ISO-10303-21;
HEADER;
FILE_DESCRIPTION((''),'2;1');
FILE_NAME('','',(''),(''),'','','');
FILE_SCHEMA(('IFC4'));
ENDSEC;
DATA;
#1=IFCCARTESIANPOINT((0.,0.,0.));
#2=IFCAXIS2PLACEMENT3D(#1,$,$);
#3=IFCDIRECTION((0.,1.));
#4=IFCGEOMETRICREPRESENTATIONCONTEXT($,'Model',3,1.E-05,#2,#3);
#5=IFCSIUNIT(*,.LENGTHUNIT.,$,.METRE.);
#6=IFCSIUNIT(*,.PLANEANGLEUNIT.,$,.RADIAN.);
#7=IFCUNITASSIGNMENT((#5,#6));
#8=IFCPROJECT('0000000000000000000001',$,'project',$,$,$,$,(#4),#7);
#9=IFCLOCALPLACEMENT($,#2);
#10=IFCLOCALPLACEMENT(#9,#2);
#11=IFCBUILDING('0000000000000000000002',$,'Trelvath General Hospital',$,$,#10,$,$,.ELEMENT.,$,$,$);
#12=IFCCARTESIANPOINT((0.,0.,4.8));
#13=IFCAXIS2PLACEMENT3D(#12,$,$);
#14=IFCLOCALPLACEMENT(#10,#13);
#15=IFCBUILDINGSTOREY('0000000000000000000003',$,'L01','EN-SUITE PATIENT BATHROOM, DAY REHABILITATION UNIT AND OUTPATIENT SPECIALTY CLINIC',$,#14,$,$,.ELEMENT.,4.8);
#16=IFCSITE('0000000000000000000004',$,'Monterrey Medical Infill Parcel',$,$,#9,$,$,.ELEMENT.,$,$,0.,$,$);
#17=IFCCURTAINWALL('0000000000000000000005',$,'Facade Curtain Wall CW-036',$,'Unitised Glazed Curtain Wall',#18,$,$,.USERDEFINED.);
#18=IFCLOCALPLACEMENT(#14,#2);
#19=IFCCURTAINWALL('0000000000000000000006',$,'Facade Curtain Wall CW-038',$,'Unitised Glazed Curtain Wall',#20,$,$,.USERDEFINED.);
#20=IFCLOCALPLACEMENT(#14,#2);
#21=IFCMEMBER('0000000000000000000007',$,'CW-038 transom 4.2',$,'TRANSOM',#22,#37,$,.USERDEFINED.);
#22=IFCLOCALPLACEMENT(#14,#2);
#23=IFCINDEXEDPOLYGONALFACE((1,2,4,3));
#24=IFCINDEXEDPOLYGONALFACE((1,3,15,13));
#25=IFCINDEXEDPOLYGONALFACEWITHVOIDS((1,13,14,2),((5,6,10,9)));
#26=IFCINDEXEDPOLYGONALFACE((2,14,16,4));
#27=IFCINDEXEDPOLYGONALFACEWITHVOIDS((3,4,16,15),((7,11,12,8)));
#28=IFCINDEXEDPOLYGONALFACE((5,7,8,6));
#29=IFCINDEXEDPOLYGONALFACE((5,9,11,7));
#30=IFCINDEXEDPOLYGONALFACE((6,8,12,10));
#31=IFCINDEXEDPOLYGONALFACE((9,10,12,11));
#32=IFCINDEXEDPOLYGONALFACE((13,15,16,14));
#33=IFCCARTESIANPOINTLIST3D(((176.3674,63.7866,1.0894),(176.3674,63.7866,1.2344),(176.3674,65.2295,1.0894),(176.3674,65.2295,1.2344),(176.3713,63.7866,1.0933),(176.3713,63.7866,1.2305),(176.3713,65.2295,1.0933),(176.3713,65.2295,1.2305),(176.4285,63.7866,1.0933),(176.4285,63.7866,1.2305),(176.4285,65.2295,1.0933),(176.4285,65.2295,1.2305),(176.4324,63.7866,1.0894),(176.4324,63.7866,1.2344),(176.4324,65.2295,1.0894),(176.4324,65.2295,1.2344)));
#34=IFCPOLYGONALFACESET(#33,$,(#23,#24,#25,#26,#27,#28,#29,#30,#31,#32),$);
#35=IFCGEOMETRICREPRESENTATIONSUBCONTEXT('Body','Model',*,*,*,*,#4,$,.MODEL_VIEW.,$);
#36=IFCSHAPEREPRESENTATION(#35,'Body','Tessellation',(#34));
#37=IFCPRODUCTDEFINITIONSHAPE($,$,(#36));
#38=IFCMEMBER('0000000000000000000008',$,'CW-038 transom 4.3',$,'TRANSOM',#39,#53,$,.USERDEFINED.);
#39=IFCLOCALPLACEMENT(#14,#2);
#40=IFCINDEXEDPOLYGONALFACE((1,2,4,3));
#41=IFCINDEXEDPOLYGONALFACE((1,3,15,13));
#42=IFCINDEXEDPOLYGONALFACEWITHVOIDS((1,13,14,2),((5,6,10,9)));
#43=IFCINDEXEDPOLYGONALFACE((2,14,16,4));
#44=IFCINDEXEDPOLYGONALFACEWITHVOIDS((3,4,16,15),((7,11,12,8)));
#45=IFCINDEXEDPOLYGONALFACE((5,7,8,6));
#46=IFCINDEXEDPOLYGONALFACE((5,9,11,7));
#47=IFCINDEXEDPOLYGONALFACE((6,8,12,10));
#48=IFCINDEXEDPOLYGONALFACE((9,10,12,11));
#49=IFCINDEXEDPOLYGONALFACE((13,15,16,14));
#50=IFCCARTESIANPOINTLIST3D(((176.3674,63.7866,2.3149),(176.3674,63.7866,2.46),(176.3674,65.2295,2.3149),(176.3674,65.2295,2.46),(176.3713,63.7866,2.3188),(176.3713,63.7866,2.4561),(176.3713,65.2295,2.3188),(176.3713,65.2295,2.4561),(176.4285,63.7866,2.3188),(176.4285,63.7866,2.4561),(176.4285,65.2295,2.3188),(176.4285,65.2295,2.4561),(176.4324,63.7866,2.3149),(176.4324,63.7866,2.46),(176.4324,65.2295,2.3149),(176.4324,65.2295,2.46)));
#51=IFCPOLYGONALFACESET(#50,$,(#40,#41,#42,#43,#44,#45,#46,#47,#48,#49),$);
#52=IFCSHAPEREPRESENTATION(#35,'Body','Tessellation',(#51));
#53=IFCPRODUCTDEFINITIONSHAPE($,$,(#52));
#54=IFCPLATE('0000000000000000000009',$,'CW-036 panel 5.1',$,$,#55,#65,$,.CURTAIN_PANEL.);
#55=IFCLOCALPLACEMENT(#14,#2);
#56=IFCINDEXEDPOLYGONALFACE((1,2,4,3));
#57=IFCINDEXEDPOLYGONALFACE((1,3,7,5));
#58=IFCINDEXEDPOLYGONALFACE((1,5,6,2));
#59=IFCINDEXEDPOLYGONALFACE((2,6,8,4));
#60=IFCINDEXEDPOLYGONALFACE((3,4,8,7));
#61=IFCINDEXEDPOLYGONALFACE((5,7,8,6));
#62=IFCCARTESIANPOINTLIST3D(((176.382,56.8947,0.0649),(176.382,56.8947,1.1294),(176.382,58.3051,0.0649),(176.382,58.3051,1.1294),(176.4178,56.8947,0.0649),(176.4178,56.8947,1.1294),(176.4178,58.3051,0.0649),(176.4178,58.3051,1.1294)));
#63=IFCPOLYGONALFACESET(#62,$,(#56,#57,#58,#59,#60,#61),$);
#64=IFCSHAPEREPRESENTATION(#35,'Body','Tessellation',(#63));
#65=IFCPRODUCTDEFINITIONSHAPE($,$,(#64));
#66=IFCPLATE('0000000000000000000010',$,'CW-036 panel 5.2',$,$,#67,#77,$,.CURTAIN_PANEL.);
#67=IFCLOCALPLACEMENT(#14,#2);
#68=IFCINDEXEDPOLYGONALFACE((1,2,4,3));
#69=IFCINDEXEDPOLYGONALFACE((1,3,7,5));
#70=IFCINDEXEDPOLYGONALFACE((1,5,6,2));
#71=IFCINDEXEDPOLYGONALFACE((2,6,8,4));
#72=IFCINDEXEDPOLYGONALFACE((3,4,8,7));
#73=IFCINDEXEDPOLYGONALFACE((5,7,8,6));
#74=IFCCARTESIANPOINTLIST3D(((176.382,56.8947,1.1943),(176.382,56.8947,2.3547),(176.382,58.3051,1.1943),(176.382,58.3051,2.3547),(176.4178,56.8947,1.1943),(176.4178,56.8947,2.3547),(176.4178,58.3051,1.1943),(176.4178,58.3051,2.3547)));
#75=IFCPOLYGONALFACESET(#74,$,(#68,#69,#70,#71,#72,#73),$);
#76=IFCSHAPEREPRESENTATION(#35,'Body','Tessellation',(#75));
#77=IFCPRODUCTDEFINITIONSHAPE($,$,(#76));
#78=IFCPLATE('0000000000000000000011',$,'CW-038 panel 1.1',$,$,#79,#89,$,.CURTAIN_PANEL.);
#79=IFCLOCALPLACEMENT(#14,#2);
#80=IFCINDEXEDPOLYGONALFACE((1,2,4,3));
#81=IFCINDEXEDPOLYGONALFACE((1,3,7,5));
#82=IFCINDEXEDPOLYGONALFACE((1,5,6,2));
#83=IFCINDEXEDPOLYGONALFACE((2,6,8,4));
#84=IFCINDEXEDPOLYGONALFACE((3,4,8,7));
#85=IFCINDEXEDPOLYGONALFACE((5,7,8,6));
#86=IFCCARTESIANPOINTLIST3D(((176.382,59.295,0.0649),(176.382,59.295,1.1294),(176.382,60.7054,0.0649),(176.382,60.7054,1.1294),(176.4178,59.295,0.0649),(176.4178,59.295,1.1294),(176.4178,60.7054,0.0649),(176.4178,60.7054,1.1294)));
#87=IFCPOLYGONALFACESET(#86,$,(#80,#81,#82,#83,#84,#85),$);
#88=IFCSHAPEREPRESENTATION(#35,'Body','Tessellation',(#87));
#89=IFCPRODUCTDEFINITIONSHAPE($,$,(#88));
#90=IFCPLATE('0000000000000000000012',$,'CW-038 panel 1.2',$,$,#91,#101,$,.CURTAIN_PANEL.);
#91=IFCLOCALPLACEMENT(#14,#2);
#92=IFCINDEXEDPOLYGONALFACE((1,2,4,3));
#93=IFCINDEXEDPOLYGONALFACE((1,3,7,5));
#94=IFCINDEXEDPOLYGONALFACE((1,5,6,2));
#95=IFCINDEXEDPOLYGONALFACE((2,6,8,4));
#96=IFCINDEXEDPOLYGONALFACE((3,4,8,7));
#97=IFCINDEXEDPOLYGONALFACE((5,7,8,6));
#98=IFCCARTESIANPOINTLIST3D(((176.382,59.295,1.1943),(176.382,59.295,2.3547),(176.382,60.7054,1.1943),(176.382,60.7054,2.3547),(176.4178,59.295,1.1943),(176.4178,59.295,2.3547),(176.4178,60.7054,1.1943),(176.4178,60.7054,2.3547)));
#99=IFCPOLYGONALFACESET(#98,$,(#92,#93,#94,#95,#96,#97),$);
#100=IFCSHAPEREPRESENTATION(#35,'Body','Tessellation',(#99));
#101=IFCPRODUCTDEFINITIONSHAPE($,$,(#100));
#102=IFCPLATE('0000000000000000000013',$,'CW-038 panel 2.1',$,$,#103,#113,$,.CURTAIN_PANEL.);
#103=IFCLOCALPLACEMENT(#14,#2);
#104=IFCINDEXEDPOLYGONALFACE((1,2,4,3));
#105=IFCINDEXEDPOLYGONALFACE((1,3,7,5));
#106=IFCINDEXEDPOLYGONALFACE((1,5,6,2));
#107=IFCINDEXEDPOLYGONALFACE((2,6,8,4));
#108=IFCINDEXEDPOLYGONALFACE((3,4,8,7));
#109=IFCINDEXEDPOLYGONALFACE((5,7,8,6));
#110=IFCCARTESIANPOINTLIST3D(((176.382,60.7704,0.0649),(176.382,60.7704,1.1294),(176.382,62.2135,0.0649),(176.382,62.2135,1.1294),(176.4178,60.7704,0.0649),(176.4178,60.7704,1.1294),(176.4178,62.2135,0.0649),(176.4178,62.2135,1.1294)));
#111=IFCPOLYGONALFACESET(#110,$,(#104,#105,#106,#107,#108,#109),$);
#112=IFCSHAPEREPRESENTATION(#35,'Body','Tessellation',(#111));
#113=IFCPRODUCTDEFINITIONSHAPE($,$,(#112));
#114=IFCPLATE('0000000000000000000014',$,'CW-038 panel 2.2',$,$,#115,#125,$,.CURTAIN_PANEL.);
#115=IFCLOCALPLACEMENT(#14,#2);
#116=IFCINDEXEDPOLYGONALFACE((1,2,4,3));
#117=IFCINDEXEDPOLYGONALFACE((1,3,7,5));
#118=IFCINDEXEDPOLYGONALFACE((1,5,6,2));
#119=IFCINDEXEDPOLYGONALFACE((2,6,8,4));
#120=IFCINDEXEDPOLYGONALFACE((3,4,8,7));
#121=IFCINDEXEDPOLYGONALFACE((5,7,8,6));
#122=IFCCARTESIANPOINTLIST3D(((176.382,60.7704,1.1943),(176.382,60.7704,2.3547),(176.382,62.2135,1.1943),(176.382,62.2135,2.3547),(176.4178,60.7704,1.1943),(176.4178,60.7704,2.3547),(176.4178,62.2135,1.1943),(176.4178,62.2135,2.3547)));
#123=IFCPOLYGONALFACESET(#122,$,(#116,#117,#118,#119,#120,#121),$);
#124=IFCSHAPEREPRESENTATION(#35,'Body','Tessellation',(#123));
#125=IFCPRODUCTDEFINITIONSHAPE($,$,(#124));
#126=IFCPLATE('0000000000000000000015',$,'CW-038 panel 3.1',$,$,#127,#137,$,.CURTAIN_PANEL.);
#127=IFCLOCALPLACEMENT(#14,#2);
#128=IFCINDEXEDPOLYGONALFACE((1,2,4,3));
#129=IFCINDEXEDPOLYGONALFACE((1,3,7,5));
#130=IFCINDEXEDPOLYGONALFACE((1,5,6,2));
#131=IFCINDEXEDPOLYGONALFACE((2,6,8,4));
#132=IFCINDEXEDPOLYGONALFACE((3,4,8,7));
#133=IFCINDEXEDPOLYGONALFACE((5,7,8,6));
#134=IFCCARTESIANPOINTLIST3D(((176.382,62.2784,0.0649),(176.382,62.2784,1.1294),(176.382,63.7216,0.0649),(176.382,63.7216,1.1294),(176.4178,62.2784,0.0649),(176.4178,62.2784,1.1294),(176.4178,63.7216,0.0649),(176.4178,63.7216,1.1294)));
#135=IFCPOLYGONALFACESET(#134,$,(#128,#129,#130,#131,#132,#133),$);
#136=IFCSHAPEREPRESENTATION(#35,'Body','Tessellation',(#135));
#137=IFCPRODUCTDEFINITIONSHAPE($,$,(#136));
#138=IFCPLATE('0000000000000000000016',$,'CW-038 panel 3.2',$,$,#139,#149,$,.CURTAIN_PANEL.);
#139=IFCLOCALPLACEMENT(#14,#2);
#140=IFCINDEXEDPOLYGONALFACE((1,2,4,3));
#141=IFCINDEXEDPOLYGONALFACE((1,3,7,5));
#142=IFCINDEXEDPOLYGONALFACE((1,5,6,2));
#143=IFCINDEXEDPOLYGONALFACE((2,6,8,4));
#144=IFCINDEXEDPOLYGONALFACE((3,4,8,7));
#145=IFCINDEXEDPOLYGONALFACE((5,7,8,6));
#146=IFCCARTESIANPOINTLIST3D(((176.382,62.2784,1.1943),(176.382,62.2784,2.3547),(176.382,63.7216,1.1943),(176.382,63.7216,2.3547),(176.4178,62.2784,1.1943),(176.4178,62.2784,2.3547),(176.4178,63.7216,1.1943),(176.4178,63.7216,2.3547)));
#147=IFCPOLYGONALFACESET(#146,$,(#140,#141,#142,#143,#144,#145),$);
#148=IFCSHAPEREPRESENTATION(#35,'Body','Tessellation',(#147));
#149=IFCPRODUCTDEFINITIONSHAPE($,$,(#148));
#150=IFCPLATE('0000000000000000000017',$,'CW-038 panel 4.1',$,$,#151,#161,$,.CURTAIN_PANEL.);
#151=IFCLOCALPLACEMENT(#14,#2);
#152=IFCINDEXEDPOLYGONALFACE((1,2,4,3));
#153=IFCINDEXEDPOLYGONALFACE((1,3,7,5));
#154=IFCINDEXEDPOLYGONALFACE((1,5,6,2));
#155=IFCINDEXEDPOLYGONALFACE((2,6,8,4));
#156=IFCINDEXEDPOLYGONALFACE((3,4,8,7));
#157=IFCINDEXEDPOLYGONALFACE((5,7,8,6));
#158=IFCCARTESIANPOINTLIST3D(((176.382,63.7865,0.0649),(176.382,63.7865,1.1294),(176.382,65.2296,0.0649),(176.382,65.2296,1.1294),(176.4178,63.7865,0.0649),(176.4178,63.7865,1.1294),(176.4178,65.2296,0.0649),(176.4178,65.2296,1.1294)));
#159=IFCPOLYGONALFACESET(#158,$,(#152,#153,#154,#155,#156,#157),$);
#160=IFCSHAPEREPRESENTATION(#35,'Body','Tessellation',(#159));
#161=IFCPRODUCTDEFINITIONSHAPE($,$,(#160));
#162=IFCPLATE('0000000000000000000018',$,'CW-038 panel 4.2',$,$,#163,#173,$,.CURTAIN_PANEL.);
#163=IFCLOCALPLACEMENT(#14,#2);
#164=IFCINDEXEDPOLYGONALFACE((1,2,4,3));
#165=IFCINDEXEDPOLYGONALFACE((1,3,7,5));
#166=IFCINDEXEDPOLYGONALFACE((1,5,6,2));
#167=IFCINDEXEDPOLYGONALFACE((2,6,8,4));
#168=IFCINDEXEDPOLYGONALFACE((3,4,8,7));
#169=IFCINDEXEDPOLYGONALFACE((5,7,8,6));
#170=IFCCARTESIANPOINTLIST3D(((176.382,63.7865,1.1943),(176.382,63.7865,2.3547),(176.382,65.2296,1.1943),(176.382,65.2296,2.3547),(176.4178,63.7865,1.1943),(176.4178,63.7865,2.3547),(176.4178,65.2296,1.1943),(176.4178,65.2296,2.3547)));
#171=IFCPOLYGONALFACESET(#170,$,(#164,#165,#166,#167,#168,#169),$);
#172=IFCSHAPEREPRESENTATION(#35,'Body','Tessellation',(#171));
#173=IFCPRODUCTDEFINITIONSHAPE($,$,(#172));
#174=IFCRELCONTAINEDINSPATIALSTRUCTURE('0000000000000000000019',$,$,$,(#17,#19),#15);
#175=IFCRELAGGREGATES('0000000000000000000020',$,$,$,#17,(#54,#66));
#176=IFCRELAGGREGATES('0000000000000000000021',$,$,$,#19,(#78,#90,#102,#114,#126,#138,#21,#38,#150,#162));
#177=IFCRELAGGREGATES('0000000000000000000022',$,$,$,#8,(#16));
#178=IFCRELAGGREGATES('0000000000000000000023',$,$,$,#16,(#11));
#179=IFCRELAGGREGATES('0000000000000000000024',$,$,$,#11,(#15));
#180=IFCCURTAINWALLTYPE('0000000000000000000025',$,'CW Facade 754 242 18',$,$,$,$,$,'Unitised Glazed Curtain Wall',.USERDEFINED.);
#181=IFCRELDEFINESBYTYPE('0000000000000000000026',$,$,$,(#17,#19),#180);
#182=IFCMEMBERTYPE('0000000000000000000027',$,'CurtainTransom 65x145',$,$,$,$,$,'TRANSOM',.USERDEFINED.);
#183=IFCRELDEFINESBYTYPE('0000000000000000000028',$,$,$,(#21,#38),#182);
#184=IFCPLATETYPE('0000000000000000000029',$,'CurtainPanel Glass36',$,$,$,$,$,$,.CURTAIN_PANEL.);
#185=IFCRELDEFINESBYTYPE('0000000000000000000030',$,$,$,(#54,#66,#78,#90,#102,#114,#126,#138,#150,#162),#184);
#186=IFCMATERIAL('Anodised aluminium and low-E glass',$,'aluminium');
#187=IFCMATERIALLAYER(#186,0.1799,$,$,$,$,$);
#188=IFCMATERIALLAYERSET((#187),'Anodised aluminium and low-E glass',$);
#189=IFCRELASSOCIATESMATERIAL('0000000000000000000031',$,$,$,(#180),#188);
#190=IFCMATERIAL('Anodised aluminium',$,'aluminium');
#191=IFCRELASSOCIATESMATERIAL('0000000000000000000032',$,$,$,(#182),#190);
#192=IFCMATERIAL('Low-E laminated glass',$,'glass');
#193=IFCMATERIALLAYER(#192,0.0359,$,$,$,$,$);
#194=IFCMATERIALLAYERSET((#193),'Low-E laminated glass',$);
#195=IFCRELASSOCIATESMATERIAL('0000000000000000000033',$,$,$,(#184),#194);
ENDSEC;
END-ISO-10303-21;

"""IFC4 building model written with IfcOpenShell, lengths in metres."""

from ifc_helpers import new_model, si_unit, direction, frame, origin, origin_2d, place, context, subcontext, project, spatial, rectangle, hollow_rectangle, extrude, material, layer, layer_set, material_profile, profile_set, type_object, element, aggregate, save


model = new_model("IFC4")

# Units and contexts
model_context = context("Model", 3, precision=1e-05, world=origin(), true_north=direction((0.0, 1.0)))
body_context = subcontext(model_context, "Body", "Model", "MODEL_VIEW")
ifc_project = project(units=[si_unit("LENGTHUNIT", "METRE"), si_unit("PLANEANGLEUNIT", "RADIAN")], contexts=[model_context])

# Site, building, storey
site_placement = place(None, origin())
site = spatial("IfcSite", under=ifc_project, at=site_placement, Name="Monterrey Medical Infill Parcel", CompositionType="ELEMENT", RefElevation=0.0)
building_placement = place(site_placement, origin())
building = spatial("IfcBuilding", under=site, at=building_placement, Name="Trelvath General Hospital", CompositionType="ELEMENT")
storey_placement = place(building_placement, frame((0.0, 0.0, 4.8)))
storey = spatial("IfcBuildingStorey", under=building, at=storey_placement, Name="L01", Description="EN-SUITE PATIENT BATHROOM, DAY REHABILITATION UNIT AND OUTPATIENT SPECIALTY CLINIC", CompositionType="ELEMENT", Elevation=4.8)

# Curtain walls
ifc_material_1 = material(Name="Anodised aluminium and low-E glass", Category="aluminium")
ifc_layer_1 = layer(ifc_material_1, 0.1799)
ifc_layer_set_1 = layer_set([ifc_layer_1], Name="Anodised aluminium and low-E glass")
curtain_wall_type = type_object("IfcCurtainWallType", Name="CW Facade 754 242 18", ElementType="Unitised Glazed Curtain Wall", PredefinedType="USERDEFINED", material=ifc_layer_set_1)
curtain_wall_1_placement = place(storey_placement, origin())
curtain_wall_1 = element("IfcCurtainWall", 1, at=curtain_wall_1_placement, inside=storey, type_object=curtain_wall_type, Name="Facade Curtain Wall CW-036", ObjectType="Unitised Glazed Curtain Wall", PredefinedType="USERDEFINED")
curtain_wall_2_placement = place(storey_placement, origin())
curtain_wall_2 = element("IfcCurtainWall", 2, at=curtain_wall_2_placement, inside=storey, type_object=curtain_wall_type, Name="Facade Curtain Wall CW-038", ObjectType="Unitised Glazed Curtain Wall", PredefinedType="USERDEFINED")

# Members
ifc_material_2 = material(Name="Anodised aluminium", Category="aluminium")
ifc_material_profile_1 = material_profile(ifc_material_2, hollow_rectangle(XDim=0.0649, YDim=0.145, WallThickness=0.0039, at=origin_2d()), Name="RHS65x145x4")
ifc_profile_set_1 = profile_set([ifc_material_profile_1], Name="Anodised aluminium")
member_type_1 = type_object("IfcMemberType", Name="CurtainTransom 65x145", ElementType="TRANSOM", PredefinedType="USERDEFINED", material=ifc_profile_set_1)
member_1_placement = place(storey_placement, frame((176.3999, 63.7866, 1.1619), z_axis=(0.0, 1.0, 0.0), x_axis=(-1.0, 0.0, 0.0)))
member_1 = element("IfcMember", 3, at=member_1_placement, type_object=member_type_1, Name="CW-038 transom 4.2", ObjectType="TRANSOM", PredefinedType="USERDEFINED", context=body_context, shape_type="SweptSolid", body=[
    extrude(hollow_rectangle(XDim=0.0649, YDim=0.145, WallThickness=0.0039, at=origin_2d()), origin(), (0.0, 0.0, 1.0), 1.4429),
])
member_2_placement = place(storey_placement, frame((176.3999, 63.7866, 2.3875), z_axis=(0.0, 1.0, 0.0), x_axis=(-1.0, 0.0, 0.0)))
member_2 = element("IfcMember", 4, at=member_2_placement, type_object=member_type_1, Name="CW-038 transom 4.3", ObjectType="TRANSOM", PredefinedType="USERDEFINED", context=body_context, shape_type="SweptSolid", body=[
    extrude(hollow_rectangle(XDim=0.0649, YDim=0.145, WallThickness=0.0039, at=origin_2d()), origin(), (0.0, 0.0, 1.0), 1.4429),
])

# Plates
ifc_material_3 = material(Name="Low-E laminated glass", Category="glass")
ifc_layer_2 = layer(ifc_material_3, 0.0359)
ifc_layer_set_2 = layer_set([ifc_layer_2], Name="Low-E laminated glass")
plate_type = type_object("IfcPlateType", Name="CurtainPanel Glass36", PredefinedType="CURTAIN_PANEL", material=ifc_layer_set_2)
plate_1_placement = place(storey_placement, frame((176.3999, 57.5999, 0.0649), z_axis=(0.0, 0.0, 1.0), x_axis=(0.0, 1.0, 0.0)))
plate_1 = element("IfcPlate", 5, at=plate_1_placement, type_object=plate_type, Name="CW-036 panel 5.1", PredefinedType="CURTAIN_PANEL", context=body_context, shape_type="SweptSolid", body=[
    extrude(rectangle(XDim=1.4104, YDim=0.0359, at=origin_2d()), origin(), (0.0, 0.0, 1.0), 1.0645),
])
plate_2_placement = place(storey_placement, frame((176.3999, 57.5999, 1.1943), z_axis=(0.0, 0.0, 1.0), x_axis=(0.0, 1.0, 0.0)))
plate_2 = element("IfcPlate", 6, at=plate_2_placement, type_object=plate_type, Name="CW-036 panel 5.2", PredefinedType="CURTAIN_PANEL", context=body_context, shape_type="SweptSolid", body=[
    extrude(rectangle(XDim=1.4104, YDim=0.0359, at=origin_2d()), origin(), (0.0, 0.0, 1.0), 1.1604),
])
aggregate(curtain_wall_1, [plate_1, plate_2])
plate_3_placement = place(storey_placement, frame((176.3999, 60.0002, 0.0649), z_axis=(0.0, 0.0, 1.0), x_axis=(0.0, 1.0, 0.0)))
plate_3 = element("IfcPlate", 7, at=plate_3_placement, type_object=plate_type, Name="CW-038 panel 1.1", PredefinedType="CURTAIN_PANEL", context=body_context, shape_type="SweptSolid", body=[
    extrude(rectangle(XDim=1.4104, YDim=0.0359, at=origin_2d()), origin(), (0.0, 0.0, 1.0), 1.0645),
])
plate_4_placement = place(storey_placement, frame((176.3999, 60.0002, 1.1943), z_axis=(0.0, 0.0, 1.0), x_axis=(0.0, 1.0, 0.0)))
plate_4 = element("IfcPlate", 8, at=plate_4_placement, type_object=plate_type, Name="CW-038 panel 1.2", PredefinedType="CURTAIN_PANEL", context=body_context, shape_type="SweptSolid", body=[
    extrude(rectangle(XDim=1.4104, YDim=0.0359, at=origin_2d()), origin(), (0.0, 0.0, 1.0), 1.1604),
])
plate_5_placement = place(storey_placement, frame((176.3999, 61.4919, 0.0649), z_axis=(0.0, 0.0, 1.0), x_axis=(0.0, 1.0, 0.0)))
plate_5 = element("IfcPlate", 9, at=plate_5_placement, type_object=plate_type, Name="CW-038 panel 2.1", PredefinedType="CURTAIN_PANEL", context=body_context, shape_type="SweptSolid", body=[
    extrude(rectangle(XDim=1.4431, YDim=0.0359, at=origin_2d()), origin(), (0.0, 0.0, 1.0), 1.0645),
])
plate_6_placement = place(storey_placement, frame((176.3999, 61.4919, 1.1943), z_axis=(0.0, 0.0, 1.0), x_axis=(0.0, 1.0, 0.0)))
plate_6 = element("IfcPlate", 10, at=plate_6_placement, type_object=plate_type, Name="CW-038 panel 2.2", PredefinedType="CURTAIN_PANEL", context=body_context, shape_type="SweptSolid", body=[
    extrude(rectangle(XDim=1.4431, YDim=0.0359, at=origin_2d()), origin(), (0.0, 0.0, 1.0), 1.1604),
])
plate_7_placement = place(storey_placement, frame((176.3999, 63.0, 0.0649), z_axis=(0.0, 0.0, 1.0), x_axis=(0.0, 1.0, 0.0)))
plate_7 = element("IfcPlate", 11, at=plate_7_placement, type_object=plate_type, Name="CW-038 panel 3.1", PredefinedType="CURTAIN_PANEL", context=body_context, shape_type="SweptSolid", body=[
    extrude(rectangle(XDim=1.4431, YDim=0.0359, at=origin_2d()), origin(), (0.0, 0.0, 1.0), 1.0645),
])
plate_8_placement = place(storey_placement, frame((176.3999, 63.0, 1.1943), z_axis=(0.0, 0.0, 1.0), x_axis=(0.0, 1.0, 0.0)))
plate_8 = element("IfcPlate", 12, at=plate_8_placement, type_object=plate_type, Name="CW-038 panel 3.2", PredefinedType="CURTAIN_PANEL", context=body_context, shape_type="SweptSolid", body=[
    extrude(rectangle(XDim=1.4431, YDim=0.0359, at=origin_2d()), origin(), (0.0, 0.0, 1.0), 1.1604),
])
plate_9_placement = place(storey_placement, frame((176.3999, 64.5081, 0.0649), z_axis=(0.0, 0.0, 1.0), x_axis=(0.0, 1.0, 0.0)))
plate_9 = element("IfcPlate", 13, at=plate_9_placement, type_object=plate_type, Name="CW-038 panel 4.1", PredefinedType="CURTAIN_PANEL", context=body_context, shape_type="SweptSolid", body=[
    extrude(rectangle(XDim=1.4431, YDim=0.0359, at=origin_2d()), origin(), (0.0, 0.0, 1.0), 1.0645),
])
plate_10_placement = place(storey_placement, frame((176.3999, 64.5081, 1.1943), z_axis=(0.0, 0.0, 1.0), x_axis=(0.0, 1.0, 0.0)))
plate_10 = element("IfcPlate", 14, at=plate_10_placement, type_object=plate_type, Name="CW-038 panel 4.2", PredefinedType="CURTAIN_PANEL", context=body_context, shape_type="SweptSolid", body=[
    extrude(rectangle(XDim=1.4431, YDim=0.0359, at=origin_2d()), origin(), (0.0, 0.0, 1.0), 1.1604),
])
aggregate(curtain_wall_2, [plate_3, plate_4, plate_5, plate_6, plate_7, plate_8, member_1, member_2, plate_9, plate_10])

save(model, "model.ifc")
